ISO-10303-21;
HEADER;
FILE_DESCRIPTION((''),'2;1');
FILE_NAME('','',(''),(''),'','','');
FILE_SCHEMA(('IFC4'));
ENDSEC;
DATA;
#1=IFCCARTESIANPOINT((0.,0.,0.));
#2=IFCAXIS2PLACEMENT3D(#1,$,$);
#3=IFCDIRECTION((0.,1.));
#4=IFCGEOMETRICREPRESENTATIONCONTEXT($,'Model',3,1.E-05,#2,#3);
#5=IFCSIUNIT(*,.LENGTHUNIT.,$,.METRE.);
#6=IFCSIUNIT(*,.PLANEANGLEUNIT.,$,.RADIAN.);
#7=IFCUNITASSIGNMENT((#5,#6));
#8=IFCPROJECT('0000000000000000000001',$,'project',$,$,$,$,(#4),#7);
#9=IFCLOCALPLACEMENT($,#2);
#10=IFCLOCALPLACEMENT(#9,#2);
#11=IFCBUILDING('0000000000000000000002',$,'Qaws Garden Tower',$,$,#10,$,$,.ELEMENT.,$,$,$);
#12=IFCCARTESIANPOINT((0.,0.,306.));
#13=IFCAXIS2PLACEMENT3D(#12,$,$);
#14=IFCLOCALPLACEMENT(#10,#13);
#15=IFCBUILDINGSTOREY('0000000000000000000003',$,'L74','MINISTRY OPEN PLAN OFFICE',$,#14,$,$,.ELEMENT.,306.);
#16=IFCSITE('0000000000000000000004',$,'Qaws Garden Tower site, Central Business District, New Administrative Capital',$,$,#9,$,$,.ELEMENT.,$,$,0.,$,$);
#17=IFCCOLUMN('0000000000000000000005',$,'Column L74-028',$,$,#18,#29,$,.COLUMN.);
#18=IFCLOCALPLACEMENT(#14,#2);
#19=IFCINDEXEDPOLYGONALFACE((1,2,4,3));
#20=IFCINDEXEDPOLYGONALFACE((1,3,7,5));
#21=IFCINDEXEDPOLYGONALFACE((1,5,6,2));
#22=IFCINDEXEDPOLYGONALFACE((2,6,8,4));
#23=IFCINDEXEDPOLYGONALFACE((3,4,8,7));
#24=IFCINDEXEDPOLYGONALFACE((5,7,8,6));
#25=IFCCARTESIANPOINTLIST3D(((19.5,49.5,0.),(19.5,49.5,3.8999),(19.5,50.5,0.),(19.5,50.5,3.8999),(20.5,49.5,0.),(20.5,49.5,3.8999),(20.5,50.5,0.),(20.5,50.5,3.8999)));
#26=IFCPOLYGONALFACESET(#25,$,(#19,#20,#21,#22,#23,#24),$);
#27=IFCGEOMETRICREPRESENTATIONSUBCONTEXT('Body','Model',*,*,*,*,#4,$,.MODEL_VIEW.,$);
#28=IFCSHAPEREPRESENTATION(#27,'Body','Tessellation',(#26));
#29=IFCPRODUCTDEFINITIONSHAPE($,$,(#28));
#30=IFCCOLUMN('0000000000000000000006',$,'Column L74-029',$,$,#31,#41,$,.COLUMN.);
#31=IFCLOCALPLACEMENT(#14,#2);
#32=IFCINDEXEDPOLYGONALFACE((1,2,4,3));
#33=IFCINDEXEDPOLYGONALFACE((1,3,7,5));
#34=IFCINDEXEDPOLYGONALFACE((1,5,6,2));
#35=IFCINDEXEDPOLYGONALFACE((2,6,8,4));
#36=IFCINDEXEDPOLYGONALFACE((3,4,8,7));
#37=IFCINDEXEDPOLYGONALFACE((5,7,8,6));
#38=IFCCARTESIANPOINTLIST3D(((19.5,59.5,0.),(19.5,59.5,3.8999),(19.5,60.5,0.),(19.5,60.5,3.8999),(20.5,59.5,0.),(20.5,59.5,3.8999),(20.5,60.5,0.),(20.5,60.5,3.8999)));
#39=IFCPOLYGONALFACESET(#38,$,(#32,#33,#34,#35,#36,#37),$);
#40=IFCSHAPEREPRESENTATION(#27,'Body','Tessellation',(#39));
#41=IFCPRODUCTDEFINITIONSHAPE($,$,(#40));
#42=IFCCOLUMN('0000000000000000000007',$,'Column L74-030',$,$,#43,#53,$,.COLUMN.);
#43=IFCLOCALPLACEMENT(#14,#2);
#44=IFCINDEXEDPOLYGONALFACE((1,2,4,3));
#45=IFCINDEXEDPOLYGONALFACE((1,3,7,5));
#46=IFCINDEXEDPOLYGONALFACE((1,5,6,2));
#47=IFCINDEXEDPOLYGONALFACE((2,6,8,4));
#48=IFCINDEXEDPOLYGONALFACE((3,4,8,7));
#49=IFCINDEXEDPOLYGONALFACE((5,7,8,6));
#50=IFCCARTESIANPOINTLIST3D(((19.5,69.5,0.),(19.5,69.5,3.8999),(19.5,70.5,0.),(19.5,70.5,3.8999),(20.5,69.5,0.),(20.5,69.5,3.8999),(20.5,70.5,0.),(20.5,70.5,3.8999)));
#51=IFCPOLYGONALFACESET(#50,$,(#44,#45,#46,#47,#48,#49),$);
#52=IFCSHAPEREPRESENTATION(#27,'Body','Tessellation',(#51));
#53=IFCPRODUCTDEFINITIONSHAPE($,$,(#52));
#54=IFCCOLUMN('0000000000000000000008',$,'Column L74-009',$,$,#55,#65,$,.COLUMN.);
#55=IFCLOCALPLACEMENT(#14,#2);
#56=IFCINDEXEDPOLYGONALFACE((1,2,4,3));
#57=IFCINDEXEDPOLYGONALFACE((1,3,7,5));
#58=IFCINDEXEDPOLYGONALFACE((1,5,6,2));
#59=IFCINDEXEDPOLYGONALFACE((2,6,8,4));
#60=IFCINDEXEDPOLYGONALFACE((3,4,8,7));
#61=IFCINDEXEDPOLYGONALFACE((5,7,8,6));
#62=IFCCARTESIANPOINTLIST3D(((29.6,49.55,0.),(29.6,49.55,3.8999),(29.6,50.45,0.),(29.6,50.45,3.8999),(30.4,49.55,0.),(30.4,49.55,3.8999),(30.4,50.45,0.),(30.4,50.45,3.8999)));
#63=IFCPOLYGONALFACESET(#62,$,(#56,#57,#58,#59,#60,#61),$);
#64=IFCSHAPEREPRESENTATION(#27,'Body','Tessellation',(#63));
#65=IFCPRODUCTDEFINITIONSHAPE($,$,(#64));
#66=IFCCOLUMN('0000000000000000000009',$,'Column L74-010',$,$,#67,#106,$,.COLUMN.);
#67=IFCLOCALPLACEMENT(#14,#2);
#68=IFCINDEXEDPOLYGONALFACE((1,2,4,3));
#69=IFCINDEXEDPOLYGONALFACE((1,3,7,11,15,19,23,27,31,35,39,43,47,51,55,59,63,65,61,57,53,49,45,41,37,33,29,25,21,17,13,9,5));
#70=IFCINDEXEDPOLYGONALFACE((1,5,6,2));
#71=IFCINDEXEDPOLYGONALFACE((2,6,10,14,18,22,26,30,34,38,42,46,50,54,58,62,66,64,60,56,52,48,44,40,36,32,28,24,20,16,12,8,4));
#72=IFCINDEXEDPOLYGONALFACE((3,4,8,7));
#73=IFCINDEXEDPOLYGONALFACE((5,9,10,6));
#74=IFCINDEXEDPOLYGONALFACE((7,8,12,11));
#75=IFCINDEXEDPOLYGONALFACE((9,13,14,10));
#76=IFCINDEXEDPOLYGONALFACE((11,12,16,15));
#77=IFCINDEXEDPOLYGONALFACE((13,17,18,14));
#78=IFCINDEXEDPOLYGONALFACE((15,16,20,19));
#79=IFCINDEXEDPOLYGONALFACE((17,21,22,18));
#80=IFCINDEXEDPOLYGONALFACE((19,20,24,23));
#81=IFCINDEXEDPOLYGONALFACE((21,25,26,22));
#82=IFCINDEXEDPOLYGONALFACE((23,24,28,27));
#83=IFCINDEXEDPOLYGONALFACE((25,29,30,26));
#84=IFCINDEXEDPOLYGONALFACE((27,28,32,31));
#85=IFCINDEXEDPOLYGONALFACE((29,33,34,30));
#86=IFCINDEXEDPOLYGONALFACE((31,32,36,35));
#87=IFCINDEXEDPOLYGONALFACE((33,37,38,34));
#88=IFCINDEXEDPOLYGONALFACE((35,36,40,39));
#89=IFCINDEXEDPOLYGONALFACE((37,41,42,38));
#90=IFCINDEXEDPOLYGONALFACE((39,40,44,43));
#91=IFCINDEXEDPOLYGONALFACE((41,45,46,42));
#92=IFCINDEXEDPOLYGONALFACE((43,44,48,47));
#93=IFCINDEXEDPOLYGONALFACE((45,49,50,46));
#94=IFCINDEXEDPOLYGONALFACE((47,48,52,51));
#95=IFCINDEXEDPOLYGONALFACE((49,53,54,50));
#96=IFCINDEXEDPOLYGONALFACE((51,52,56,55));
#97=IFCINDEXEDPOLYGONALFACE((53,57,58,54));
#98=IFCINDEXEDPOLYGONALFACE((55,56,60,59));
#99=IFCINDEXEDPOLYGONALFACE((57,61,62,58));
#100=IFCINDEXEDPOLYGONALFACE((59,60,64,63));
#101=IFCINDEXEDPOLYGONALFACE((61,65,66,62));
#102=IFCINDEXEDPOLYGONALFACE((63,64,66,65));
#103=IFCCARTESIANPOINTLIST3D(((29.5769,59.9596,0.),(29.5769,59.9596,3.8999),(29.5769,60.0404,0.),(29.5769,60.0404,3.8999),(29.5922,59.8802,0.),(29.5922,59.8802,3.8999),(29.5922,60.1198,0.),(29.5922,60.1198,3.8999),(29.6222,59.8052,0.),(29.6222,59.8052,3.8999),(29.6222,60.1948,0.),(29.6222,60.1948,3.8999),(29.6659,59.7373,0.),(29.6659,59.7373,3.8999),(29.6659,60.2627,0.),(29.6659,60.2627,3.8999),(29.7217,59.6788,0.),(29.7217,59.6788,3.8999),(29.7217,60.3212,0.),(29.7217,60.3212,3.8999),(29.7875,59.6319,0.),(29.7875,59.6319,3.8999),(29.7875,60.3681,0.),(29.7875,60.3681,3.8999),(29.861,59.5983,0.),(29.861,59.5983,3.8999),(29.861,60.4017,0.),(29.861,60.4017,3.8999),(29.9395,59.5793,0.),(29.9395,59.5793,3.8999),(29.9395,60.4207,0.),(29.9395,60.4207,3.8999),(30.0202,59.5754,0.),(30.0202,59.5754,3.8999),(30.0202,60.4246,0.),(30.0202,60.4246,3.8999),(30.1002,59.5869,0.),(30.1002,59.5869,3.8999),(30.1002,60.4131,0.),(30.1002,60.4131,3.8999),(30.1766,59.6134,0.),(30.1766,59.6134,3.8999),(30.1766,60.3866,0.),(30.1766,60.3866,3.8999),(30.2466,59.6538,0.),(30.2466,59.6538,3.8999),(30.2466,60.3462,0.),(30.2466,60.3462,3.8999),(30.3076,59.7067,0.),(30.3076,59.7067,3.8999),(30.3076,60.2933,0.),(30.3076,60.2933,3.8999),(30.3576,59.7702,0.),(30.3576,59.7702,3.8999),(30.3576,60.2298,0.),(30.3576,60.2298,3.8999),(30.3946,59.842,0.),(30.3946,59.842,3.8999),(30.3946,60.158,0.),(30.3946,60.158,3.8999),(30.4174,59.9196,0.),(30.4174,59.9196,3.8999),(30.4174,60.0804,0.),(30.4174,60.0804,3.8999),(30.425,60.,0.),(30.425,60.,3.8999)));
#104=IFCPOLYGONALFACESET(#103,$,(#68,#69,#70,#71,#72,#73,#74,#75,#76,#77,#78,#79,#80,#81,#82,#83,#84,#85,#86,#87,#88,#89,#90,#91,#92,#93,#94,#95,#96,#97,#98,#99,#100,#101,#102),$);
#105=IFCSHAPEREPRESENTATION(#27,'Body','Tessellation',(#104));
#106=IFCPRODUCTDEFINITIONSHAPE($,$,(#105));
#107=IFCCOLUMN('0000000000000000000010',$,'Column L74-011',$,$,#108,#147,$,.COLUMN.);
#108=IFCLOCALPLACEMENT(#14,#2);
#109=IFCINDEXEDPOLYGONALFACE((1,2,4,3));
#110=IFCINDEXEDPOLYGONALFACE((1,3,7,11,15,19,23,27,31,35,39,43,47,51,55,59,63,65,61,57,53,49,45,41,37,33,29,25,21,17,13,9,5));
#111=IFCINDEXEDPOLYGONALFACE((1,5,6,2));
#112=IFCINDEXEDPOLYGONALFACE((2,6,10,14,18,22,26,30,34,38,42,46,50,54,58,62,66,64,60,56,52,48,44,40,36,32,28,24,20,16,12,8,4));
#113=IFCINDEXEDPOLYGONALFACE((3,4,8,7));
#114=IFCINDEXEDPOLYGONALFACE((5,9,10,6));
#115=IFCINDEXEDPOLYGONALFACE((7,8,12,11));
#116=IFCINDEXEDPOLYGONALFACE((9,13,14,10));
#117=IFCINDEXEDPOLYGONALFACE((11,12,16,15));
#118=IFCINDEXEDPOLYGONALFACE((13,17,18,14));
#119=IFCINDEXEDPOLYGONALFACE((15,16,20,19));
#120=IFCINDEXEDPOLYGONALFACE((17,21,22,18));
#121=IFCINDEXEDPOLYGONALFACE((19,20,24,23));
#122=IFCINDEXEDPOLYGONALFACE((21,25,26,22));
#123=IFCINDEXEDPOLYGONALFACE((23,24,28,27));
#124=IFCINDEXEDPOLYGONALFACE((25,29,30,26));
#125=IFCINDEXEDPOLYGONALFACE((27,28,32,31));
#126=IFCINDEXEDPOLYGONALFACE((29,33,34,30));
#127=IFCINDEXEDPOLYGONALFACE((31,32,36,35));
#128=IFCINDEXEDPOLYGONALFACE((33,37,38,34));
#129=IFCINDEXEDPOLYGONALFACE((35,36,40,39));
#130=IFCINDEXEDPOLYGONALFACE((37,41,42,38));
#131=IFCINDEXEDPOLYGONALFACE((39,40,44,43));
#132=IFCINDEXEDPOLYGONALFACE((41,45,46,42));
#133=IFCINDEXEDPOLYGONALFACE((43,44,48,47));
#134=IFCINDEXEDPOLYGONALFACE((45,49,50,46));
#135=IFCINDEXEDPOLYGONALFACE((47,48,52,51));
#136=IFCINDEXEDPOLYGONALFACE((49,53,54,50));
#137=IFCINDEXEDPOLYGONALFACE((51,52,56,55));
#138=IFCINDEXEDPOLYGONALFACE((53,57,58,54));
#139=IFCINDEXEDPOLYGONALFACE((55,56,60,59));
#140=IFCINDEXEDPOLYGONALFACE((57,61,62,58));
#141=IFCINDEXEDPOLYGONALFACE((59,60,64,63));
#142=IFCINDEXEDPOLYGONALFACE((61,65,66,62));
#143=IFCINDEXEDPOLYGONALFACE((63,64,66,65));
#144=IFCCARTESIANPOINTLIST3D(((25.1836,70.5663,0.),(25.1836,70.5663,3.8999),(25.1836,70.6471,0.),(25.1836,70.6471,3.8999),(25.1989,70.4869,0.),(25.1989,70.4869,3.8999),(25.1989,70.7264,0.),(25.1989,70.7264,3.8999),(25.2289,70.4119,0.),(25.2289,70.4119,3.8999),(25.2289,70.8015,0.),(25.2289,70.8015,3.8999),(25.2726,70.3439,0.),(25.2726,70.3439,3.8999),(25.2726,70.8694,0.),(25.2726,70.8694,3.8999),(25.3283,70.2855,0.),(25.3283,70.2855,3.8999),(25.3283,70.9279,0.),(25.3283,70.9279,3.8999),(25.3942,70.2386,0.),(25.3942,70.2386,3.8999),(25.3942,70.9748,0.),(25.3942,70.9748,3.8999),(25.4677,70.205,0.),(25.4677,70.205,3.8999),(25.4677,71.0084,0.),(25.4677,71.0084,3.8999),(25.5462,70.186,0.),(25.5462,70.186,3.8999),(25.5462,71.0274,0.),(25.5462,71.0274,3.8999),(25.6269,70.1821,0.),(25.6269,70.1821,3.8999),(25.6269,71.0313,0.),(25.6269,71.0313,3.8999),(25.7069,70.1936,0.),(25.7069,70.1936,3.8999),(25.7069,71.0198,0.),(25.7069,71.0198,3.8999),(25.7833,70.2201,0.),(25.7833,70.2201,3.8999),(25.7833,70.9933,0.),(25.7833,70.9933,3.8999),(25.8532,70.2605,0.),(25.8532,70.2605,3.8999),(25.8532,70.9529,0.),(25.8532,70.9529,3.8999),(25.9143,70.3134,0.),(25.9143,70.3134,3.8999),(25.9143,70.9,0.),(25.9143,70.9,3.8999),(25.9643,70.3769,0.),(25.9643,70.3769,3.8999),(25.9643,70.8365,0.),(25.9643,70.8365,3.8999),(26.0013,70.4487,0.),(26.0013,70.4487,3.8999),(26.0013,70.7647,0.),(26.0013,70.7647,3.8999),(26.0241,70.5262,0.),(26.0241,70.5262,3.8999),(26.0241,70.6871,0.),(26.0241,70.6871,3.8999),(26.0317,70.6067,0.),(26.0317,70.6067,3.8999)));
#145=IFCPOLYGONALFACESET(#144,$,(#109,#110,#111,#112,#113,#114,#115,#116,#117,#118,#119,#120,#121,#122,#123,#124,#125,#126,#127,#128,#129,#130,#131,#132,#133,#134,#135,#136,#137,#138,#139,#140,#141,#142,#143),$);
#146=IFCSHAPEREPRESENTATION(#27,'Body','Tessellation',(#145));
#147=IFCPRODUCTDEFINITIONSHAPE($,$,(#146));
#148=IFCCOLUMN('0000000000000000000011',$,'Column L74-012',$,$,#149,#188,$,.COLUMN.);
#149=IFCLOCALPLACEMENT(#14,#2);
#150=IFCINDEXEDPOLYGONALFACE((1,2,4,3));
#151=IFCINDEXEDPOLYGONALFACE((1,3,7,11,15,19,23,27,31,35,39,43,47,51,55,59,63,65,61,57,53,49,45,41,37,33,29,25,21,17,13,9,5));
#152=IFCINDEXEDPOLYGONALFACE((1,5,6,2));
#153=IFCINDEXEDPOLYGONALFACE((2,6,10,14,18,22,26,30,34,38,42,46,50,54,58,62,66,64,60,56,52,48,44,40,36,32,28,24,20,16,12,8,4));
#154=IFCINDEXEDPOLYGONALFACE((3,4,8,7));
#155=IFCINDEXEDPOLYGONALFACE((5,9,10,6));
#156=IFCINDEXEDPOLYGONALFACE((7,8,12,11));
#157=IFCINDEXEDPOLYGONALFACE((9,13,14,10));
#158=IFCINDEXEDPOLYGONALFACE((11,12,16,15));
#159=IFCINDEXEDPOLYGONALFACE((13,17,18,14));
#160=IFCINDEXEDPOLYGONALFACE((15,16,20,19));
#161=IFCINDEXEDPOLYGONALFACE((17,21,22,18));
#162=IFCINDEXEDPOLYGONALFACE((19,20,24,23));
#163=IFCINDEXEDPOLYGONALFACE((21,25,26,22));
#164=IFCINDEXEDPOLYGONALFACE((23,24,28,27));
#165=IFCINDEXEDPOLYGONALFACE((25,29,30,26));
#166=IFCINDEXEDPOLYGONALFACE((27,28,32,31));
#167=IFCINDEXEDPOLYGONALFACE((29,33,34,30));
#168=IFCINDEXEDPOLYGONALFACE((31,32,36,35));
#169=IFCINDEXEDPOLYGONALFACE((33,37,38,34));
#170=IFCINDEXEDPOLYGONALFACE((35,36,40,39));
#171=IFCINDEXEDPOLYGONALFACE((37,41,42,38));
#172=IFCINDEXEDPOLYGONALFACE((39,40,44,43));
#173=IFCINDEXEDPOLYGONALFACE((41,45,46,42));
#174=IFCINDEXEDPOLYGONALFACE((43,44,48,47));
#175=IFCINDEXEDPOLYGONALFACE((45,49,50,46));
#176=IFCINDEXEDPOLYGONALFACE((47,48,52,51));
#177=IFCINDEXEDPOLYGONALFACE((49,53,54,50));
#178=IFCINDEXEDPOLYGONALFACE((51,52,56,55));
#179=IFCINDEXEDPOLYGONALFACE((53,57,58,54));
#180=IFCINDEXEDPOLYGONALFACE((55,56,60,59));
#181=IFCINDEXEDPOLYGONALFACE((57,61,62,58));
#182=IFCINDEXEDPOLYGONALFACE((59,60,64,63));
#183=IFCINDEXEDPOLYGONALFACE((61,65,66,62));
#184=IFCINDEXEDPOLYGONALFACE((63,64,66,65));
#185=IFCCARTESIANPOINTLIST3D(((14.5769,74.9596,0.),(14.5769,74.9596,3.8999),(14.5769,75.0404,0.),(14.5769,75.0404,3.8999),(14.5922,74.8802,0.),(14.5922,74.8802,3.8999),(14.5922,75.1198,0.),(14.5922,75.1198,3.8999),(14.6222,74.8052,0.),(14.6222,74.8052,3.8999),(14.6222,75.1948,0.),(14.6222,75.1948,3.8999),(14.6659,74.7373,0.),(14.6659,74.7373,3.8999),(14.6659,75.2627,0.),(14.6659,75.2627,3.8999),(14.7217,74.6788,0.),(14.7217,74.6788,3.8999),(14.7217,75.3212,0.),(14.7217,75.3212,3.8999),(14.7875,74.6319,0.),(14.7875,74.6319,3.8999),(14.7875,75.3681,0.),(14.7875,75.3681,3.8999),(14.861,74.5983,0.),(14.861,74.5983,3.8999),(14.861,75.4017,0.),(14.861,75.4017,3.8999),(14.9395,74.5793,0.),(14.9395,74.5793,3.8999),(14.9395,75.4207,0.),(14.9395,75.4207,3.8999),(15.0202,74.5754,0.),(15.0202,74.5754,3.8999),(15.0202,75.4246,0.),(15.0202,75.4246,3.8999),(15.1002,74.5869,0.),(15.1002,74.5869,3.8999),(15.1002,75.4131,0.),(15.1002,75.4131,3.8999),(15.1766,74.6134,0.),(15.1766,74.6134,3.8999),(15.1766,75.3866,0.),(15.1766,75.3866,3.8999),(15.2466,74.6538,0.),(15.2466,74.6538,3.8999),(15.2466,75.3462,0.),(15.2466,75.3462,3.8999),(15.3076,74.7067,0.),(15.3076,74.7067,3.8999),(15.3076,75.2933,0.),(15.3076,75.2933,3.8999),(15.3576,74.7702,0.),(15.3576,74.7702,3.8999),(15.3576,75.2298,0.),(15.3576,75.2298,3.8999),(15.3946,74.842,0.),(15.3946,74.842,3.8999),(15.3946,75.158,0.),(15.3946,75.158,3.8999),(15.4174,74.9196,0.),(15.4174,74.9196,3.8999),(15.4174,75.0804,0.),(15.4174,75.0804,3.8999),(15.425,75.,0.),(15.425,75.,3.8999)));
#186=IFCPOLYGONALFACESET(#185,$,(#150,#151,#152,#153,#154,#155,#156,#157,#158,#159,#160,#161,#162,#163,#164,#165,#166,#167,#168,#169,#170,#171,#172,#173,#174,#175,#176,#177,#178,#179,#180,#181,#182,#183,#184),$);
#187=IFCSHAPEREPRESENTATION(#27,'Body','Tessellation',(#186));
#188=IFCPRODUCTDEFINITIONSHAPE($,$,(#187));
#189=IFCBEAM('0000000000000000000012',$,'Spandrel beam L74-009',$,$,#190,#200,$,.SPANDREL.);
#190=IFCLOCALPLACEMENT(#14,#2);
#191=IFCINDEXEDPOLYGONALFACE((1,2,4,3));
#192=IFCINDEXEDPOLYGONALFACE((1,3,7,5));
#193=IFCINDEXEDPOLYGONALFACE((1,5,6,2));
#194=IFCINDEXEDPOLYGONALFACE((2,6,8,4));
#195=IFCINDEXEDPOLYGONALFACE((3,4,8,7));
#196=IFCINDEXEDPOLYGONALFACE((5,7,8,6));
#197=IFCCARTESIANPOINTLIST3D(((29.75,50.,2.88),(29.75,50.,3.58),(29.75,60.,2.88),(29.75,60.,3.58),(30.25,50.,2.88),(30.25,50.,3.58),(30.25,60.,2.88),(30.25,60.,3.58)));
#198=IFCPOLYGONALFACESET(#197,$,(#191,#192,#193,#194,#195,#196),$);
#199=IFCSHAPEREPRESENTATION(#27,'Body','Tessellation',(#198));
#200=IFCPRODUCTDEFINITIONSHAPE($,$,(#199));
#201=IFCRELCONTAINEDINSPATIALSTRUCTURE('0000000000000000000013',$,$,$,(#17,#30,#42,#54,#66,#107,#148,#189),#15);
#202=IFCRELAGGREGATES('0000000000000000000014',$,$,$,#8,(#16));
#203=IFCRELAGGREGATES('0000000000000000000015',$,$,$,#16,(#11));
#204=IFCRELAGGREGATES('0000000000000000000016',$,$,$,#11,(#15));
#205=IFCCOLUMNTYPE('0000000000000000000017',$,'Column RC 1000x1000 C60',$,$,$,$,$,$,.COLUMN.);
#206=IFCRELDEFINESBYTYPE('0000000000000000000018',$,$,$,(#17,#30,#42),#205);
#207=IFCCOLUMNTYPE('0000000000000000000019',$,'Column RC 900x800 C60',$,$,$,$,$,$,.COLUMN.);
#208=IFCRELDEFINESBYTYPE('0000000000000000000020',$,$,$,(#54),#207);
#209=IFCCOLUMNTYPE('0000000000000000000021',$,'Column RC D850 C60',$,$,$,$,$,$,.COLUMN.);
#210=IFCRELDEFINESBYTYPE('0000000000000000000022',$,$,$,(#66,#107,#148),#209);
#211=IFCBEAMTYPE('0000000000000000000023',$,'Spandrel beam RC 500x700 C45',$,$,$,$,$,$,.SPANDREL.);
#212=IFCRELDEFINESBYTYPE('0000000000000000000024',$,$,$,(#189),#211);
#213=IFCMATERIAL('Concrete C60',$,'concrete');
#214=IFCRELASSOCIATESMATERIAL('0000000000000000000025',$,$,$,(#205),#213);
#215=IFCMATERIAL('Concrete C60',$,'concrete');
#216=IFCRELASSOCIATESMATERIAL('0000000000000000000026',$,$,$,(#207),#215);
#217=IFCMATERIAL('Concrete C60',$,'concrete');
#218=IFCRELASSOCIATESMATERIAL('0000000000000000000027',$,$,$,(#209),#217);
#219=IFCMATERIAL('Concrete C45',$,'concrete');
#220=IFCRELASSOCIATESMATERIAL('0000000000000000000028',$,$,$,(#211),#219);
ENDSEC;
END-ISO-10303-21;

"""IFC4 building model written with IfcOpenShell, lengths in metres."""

from ifc_helpers import new_model, si_unit, direction, frame, origin, origin_2d, place, context, subcontext, project, spatial, rectangle, circle, extrude, material, material_profile, profile_set, type_object, element, save


model = new_model("IFC4")

# Units and contexts
model_context = context("Model", 3, precision=1e-05, world=origin(), true_north=direction((0.0, 1.0)))
body_context = subcontext(model_context, "Body", "Model", "MODEL_VIEW")
ifc_project = project(units=[si_unit("LENGTHUNIT", "METRE"), si_unit("PLANEANGLEUNIT", "RADIAN")], contexts=[model_context])

# Site, building, storey
site_placement = place(None, origin())
site = spatial("IfcSite", under=ifc_project, at=site_placement, Name="Qaws Garden Tower site, Central Business District, New Administrative Capital", CompositionType="ELEMENT", RefElevation=0.0)
building_placement = place(site_placement, origin())
building = spatial("IfcBuilding", under=site, at=building_placement, Name="Qaws Garden Tower", CompositionType="ELEMENT")
storey_placement = place(building_placement, frame((0.0, 0.0, 306.0)))
storey = spatial("IfcBuildingStorey", under=building, at=storey_placement, Name="L74", Description="MINISTRY OPEN PLAN OFFICE", CompositionType="ELEMENT", Elevation=306.0)

# Columns
ifc_material_1 = material(Name="Concrete C60", Category="concrete")
ifc_material_profile_1 = material_profile(ifc_material_1, rectangle(XDim=1.0, YDim=1.0, at=origin_2d()), Name="RC 1000x1000")
ifc_profile_set_1 = profile_set([ifc_material_profile_1], Name="Concrete C60")
column_type_1 = type_object("IfcColumnType", Name="Column RC 1000x1000 C60", PredefinedType="COLUMN", material=ifc_profile_set_1)
for number, where, z_axis, x_axis, name in (
    (1, (20.0, 50.0, 0.0), (0.0, 0.0, 1.0), (1.0, 0.0, 0.0), "Column L74-028"),
    (2, (20.0, 60.0, 0.0), (0.0, 0.0, 1.0), (1.0, 0.0, 0.0), "Column L74-029"),
    (3, (20.0, 70.0, 0.0), (0.0, 0.0, 1.0), (1.0, 0.0, 0.0), "Column L74-030"),
):
    element("IfcColumn", number, at=place(storey_placement, frame(where, z_axis=z_axis, x_axis=x_axis)), inside=storey, type_object=column_type_1, Name=name, PredefinedType="COLUMN", context=body_context, shape_type="SweptSolid", body=[
        extrude(rectangle(XDim=1.0, YDim=1.0, at=origin_2d()), origin(), (0.0, 0.0, 1.0), 3.8999),
    ])
ifc_material_2 = material(Name="Concrete C60", Category="concrete")
ifc_material_profile_2 = material_profile(ifc_material_2, rectangle(XDim=0.8999, YDim=0.8, at=origin_2d()), Name="RC 900x800")
ifc_profile_set_2 = profile_set([ifc_material_profile_2], Name="Concrete C60")
column_type_2 = type_object("IfcColumnType", Name="Column RC 900x800 C60", PredefinedType="COLUMN", material=ifc_profile_set_2)
column_placement = place(storey_placement, frame((30.0, 50.0, 0.0), z_axis=(0.0, 0.0, 1.0), x_axis=(0.0, 1.0, 0.0)))
element("IfcColumn", 4, at=column_placement, inside=storey, type_object=column_type_2, Name="Column L74-009", PredefinedType="COLUMN", context=body_context, shape_type="SweptSolid", body=[
    extrude(rectangle(XDim=0.8999, YDim=0.8, at=origin_2d()), origin(), (0.0, 0.0, 1.0), 3.8999),
])
ifc_material_3 = material(Name="Concrete C60", Category="concrete")
ifc_material_profile_3 = material_profile(ifc_material_3, circle(Radius=0.425, at=origin_2d()), Name="RC D850")
ifc_profile_set_3 = profile_set([ifc_material_profile_3], Name="Concrete C60")
column_type_3 = type_object("IfcColumnType", Name="Column RC D850 C60", PredefinedType="COLUMN", material=ifc_profile_set_3)
for number, where, z_axis, x_axis, name in (
    (5, (30.0, 60.0, 0.0), (0.0, 0.0, 1.0), (1.0, 0.0, 0.0), "Column L74-010"),
    (6, (25.6067, 70.6067, 0.0), (0.0, 0.0, 1.0), (1.0, 0.0, 0.0), "Column L74-011"),
    (7, (15.0, 75.0, 0.0), (0.0, 0.0, 1.0), (1.0, 0.0, 0.0), "Column L74-012"),
):
    element("IfcColumn", number, at=place(storey_placement, frame(where, z_axis=z_axis, x_axis=x_axis)), inside=storey, type_object=column_type_3, Name=name, PredefinedType="COLUMN", context=body_context, shape_type="SweptSolid", body=[
        extrude(circle(Radius=0.425, at=origin_2d()), origin(), (0.0, 0.0, 1.0), 3.8999),
    ])

# Beam
ifc_material_4 = material(Name="Concrete C45", Category="concrete")
ifc_material_profile_4 = material_profile(ifc_material_4, rectangle(XDim=0.5, YDim=0.7, at=origin_2d()), Name="RC 500x700")
ifc_profile_set_4 = profile_set([ifc_material_profile_4], Name="Concrete C45")
beam_type = type_object("IfcBeamType", Name="Spandrel beam RC 500x700 C45", PredefinedType="SPANDREL", material=ifc_profile_set_4)
beam_placement = place(storey_placement, frame((30.0, 50.0, 3.23), z_axis=(0.0, 1.0, 0.0), x_axis=(-1.0, 0.0, 0.0)))
element("IfcBeam", 8, at=beam_placement, inside=storey, type_object=beam_type, Name="Spandrel beam L74-009", PredefinedType="SPANDREL", context=body_context, shape_type="SweptSolid", body=[
    extrude(rectangle(XDim=0.5, YDim=0.7, at=origin_2d()), origin(), (0.0, 0.0, 1.0), 10.0),
])

save(model, "model.ifc")
